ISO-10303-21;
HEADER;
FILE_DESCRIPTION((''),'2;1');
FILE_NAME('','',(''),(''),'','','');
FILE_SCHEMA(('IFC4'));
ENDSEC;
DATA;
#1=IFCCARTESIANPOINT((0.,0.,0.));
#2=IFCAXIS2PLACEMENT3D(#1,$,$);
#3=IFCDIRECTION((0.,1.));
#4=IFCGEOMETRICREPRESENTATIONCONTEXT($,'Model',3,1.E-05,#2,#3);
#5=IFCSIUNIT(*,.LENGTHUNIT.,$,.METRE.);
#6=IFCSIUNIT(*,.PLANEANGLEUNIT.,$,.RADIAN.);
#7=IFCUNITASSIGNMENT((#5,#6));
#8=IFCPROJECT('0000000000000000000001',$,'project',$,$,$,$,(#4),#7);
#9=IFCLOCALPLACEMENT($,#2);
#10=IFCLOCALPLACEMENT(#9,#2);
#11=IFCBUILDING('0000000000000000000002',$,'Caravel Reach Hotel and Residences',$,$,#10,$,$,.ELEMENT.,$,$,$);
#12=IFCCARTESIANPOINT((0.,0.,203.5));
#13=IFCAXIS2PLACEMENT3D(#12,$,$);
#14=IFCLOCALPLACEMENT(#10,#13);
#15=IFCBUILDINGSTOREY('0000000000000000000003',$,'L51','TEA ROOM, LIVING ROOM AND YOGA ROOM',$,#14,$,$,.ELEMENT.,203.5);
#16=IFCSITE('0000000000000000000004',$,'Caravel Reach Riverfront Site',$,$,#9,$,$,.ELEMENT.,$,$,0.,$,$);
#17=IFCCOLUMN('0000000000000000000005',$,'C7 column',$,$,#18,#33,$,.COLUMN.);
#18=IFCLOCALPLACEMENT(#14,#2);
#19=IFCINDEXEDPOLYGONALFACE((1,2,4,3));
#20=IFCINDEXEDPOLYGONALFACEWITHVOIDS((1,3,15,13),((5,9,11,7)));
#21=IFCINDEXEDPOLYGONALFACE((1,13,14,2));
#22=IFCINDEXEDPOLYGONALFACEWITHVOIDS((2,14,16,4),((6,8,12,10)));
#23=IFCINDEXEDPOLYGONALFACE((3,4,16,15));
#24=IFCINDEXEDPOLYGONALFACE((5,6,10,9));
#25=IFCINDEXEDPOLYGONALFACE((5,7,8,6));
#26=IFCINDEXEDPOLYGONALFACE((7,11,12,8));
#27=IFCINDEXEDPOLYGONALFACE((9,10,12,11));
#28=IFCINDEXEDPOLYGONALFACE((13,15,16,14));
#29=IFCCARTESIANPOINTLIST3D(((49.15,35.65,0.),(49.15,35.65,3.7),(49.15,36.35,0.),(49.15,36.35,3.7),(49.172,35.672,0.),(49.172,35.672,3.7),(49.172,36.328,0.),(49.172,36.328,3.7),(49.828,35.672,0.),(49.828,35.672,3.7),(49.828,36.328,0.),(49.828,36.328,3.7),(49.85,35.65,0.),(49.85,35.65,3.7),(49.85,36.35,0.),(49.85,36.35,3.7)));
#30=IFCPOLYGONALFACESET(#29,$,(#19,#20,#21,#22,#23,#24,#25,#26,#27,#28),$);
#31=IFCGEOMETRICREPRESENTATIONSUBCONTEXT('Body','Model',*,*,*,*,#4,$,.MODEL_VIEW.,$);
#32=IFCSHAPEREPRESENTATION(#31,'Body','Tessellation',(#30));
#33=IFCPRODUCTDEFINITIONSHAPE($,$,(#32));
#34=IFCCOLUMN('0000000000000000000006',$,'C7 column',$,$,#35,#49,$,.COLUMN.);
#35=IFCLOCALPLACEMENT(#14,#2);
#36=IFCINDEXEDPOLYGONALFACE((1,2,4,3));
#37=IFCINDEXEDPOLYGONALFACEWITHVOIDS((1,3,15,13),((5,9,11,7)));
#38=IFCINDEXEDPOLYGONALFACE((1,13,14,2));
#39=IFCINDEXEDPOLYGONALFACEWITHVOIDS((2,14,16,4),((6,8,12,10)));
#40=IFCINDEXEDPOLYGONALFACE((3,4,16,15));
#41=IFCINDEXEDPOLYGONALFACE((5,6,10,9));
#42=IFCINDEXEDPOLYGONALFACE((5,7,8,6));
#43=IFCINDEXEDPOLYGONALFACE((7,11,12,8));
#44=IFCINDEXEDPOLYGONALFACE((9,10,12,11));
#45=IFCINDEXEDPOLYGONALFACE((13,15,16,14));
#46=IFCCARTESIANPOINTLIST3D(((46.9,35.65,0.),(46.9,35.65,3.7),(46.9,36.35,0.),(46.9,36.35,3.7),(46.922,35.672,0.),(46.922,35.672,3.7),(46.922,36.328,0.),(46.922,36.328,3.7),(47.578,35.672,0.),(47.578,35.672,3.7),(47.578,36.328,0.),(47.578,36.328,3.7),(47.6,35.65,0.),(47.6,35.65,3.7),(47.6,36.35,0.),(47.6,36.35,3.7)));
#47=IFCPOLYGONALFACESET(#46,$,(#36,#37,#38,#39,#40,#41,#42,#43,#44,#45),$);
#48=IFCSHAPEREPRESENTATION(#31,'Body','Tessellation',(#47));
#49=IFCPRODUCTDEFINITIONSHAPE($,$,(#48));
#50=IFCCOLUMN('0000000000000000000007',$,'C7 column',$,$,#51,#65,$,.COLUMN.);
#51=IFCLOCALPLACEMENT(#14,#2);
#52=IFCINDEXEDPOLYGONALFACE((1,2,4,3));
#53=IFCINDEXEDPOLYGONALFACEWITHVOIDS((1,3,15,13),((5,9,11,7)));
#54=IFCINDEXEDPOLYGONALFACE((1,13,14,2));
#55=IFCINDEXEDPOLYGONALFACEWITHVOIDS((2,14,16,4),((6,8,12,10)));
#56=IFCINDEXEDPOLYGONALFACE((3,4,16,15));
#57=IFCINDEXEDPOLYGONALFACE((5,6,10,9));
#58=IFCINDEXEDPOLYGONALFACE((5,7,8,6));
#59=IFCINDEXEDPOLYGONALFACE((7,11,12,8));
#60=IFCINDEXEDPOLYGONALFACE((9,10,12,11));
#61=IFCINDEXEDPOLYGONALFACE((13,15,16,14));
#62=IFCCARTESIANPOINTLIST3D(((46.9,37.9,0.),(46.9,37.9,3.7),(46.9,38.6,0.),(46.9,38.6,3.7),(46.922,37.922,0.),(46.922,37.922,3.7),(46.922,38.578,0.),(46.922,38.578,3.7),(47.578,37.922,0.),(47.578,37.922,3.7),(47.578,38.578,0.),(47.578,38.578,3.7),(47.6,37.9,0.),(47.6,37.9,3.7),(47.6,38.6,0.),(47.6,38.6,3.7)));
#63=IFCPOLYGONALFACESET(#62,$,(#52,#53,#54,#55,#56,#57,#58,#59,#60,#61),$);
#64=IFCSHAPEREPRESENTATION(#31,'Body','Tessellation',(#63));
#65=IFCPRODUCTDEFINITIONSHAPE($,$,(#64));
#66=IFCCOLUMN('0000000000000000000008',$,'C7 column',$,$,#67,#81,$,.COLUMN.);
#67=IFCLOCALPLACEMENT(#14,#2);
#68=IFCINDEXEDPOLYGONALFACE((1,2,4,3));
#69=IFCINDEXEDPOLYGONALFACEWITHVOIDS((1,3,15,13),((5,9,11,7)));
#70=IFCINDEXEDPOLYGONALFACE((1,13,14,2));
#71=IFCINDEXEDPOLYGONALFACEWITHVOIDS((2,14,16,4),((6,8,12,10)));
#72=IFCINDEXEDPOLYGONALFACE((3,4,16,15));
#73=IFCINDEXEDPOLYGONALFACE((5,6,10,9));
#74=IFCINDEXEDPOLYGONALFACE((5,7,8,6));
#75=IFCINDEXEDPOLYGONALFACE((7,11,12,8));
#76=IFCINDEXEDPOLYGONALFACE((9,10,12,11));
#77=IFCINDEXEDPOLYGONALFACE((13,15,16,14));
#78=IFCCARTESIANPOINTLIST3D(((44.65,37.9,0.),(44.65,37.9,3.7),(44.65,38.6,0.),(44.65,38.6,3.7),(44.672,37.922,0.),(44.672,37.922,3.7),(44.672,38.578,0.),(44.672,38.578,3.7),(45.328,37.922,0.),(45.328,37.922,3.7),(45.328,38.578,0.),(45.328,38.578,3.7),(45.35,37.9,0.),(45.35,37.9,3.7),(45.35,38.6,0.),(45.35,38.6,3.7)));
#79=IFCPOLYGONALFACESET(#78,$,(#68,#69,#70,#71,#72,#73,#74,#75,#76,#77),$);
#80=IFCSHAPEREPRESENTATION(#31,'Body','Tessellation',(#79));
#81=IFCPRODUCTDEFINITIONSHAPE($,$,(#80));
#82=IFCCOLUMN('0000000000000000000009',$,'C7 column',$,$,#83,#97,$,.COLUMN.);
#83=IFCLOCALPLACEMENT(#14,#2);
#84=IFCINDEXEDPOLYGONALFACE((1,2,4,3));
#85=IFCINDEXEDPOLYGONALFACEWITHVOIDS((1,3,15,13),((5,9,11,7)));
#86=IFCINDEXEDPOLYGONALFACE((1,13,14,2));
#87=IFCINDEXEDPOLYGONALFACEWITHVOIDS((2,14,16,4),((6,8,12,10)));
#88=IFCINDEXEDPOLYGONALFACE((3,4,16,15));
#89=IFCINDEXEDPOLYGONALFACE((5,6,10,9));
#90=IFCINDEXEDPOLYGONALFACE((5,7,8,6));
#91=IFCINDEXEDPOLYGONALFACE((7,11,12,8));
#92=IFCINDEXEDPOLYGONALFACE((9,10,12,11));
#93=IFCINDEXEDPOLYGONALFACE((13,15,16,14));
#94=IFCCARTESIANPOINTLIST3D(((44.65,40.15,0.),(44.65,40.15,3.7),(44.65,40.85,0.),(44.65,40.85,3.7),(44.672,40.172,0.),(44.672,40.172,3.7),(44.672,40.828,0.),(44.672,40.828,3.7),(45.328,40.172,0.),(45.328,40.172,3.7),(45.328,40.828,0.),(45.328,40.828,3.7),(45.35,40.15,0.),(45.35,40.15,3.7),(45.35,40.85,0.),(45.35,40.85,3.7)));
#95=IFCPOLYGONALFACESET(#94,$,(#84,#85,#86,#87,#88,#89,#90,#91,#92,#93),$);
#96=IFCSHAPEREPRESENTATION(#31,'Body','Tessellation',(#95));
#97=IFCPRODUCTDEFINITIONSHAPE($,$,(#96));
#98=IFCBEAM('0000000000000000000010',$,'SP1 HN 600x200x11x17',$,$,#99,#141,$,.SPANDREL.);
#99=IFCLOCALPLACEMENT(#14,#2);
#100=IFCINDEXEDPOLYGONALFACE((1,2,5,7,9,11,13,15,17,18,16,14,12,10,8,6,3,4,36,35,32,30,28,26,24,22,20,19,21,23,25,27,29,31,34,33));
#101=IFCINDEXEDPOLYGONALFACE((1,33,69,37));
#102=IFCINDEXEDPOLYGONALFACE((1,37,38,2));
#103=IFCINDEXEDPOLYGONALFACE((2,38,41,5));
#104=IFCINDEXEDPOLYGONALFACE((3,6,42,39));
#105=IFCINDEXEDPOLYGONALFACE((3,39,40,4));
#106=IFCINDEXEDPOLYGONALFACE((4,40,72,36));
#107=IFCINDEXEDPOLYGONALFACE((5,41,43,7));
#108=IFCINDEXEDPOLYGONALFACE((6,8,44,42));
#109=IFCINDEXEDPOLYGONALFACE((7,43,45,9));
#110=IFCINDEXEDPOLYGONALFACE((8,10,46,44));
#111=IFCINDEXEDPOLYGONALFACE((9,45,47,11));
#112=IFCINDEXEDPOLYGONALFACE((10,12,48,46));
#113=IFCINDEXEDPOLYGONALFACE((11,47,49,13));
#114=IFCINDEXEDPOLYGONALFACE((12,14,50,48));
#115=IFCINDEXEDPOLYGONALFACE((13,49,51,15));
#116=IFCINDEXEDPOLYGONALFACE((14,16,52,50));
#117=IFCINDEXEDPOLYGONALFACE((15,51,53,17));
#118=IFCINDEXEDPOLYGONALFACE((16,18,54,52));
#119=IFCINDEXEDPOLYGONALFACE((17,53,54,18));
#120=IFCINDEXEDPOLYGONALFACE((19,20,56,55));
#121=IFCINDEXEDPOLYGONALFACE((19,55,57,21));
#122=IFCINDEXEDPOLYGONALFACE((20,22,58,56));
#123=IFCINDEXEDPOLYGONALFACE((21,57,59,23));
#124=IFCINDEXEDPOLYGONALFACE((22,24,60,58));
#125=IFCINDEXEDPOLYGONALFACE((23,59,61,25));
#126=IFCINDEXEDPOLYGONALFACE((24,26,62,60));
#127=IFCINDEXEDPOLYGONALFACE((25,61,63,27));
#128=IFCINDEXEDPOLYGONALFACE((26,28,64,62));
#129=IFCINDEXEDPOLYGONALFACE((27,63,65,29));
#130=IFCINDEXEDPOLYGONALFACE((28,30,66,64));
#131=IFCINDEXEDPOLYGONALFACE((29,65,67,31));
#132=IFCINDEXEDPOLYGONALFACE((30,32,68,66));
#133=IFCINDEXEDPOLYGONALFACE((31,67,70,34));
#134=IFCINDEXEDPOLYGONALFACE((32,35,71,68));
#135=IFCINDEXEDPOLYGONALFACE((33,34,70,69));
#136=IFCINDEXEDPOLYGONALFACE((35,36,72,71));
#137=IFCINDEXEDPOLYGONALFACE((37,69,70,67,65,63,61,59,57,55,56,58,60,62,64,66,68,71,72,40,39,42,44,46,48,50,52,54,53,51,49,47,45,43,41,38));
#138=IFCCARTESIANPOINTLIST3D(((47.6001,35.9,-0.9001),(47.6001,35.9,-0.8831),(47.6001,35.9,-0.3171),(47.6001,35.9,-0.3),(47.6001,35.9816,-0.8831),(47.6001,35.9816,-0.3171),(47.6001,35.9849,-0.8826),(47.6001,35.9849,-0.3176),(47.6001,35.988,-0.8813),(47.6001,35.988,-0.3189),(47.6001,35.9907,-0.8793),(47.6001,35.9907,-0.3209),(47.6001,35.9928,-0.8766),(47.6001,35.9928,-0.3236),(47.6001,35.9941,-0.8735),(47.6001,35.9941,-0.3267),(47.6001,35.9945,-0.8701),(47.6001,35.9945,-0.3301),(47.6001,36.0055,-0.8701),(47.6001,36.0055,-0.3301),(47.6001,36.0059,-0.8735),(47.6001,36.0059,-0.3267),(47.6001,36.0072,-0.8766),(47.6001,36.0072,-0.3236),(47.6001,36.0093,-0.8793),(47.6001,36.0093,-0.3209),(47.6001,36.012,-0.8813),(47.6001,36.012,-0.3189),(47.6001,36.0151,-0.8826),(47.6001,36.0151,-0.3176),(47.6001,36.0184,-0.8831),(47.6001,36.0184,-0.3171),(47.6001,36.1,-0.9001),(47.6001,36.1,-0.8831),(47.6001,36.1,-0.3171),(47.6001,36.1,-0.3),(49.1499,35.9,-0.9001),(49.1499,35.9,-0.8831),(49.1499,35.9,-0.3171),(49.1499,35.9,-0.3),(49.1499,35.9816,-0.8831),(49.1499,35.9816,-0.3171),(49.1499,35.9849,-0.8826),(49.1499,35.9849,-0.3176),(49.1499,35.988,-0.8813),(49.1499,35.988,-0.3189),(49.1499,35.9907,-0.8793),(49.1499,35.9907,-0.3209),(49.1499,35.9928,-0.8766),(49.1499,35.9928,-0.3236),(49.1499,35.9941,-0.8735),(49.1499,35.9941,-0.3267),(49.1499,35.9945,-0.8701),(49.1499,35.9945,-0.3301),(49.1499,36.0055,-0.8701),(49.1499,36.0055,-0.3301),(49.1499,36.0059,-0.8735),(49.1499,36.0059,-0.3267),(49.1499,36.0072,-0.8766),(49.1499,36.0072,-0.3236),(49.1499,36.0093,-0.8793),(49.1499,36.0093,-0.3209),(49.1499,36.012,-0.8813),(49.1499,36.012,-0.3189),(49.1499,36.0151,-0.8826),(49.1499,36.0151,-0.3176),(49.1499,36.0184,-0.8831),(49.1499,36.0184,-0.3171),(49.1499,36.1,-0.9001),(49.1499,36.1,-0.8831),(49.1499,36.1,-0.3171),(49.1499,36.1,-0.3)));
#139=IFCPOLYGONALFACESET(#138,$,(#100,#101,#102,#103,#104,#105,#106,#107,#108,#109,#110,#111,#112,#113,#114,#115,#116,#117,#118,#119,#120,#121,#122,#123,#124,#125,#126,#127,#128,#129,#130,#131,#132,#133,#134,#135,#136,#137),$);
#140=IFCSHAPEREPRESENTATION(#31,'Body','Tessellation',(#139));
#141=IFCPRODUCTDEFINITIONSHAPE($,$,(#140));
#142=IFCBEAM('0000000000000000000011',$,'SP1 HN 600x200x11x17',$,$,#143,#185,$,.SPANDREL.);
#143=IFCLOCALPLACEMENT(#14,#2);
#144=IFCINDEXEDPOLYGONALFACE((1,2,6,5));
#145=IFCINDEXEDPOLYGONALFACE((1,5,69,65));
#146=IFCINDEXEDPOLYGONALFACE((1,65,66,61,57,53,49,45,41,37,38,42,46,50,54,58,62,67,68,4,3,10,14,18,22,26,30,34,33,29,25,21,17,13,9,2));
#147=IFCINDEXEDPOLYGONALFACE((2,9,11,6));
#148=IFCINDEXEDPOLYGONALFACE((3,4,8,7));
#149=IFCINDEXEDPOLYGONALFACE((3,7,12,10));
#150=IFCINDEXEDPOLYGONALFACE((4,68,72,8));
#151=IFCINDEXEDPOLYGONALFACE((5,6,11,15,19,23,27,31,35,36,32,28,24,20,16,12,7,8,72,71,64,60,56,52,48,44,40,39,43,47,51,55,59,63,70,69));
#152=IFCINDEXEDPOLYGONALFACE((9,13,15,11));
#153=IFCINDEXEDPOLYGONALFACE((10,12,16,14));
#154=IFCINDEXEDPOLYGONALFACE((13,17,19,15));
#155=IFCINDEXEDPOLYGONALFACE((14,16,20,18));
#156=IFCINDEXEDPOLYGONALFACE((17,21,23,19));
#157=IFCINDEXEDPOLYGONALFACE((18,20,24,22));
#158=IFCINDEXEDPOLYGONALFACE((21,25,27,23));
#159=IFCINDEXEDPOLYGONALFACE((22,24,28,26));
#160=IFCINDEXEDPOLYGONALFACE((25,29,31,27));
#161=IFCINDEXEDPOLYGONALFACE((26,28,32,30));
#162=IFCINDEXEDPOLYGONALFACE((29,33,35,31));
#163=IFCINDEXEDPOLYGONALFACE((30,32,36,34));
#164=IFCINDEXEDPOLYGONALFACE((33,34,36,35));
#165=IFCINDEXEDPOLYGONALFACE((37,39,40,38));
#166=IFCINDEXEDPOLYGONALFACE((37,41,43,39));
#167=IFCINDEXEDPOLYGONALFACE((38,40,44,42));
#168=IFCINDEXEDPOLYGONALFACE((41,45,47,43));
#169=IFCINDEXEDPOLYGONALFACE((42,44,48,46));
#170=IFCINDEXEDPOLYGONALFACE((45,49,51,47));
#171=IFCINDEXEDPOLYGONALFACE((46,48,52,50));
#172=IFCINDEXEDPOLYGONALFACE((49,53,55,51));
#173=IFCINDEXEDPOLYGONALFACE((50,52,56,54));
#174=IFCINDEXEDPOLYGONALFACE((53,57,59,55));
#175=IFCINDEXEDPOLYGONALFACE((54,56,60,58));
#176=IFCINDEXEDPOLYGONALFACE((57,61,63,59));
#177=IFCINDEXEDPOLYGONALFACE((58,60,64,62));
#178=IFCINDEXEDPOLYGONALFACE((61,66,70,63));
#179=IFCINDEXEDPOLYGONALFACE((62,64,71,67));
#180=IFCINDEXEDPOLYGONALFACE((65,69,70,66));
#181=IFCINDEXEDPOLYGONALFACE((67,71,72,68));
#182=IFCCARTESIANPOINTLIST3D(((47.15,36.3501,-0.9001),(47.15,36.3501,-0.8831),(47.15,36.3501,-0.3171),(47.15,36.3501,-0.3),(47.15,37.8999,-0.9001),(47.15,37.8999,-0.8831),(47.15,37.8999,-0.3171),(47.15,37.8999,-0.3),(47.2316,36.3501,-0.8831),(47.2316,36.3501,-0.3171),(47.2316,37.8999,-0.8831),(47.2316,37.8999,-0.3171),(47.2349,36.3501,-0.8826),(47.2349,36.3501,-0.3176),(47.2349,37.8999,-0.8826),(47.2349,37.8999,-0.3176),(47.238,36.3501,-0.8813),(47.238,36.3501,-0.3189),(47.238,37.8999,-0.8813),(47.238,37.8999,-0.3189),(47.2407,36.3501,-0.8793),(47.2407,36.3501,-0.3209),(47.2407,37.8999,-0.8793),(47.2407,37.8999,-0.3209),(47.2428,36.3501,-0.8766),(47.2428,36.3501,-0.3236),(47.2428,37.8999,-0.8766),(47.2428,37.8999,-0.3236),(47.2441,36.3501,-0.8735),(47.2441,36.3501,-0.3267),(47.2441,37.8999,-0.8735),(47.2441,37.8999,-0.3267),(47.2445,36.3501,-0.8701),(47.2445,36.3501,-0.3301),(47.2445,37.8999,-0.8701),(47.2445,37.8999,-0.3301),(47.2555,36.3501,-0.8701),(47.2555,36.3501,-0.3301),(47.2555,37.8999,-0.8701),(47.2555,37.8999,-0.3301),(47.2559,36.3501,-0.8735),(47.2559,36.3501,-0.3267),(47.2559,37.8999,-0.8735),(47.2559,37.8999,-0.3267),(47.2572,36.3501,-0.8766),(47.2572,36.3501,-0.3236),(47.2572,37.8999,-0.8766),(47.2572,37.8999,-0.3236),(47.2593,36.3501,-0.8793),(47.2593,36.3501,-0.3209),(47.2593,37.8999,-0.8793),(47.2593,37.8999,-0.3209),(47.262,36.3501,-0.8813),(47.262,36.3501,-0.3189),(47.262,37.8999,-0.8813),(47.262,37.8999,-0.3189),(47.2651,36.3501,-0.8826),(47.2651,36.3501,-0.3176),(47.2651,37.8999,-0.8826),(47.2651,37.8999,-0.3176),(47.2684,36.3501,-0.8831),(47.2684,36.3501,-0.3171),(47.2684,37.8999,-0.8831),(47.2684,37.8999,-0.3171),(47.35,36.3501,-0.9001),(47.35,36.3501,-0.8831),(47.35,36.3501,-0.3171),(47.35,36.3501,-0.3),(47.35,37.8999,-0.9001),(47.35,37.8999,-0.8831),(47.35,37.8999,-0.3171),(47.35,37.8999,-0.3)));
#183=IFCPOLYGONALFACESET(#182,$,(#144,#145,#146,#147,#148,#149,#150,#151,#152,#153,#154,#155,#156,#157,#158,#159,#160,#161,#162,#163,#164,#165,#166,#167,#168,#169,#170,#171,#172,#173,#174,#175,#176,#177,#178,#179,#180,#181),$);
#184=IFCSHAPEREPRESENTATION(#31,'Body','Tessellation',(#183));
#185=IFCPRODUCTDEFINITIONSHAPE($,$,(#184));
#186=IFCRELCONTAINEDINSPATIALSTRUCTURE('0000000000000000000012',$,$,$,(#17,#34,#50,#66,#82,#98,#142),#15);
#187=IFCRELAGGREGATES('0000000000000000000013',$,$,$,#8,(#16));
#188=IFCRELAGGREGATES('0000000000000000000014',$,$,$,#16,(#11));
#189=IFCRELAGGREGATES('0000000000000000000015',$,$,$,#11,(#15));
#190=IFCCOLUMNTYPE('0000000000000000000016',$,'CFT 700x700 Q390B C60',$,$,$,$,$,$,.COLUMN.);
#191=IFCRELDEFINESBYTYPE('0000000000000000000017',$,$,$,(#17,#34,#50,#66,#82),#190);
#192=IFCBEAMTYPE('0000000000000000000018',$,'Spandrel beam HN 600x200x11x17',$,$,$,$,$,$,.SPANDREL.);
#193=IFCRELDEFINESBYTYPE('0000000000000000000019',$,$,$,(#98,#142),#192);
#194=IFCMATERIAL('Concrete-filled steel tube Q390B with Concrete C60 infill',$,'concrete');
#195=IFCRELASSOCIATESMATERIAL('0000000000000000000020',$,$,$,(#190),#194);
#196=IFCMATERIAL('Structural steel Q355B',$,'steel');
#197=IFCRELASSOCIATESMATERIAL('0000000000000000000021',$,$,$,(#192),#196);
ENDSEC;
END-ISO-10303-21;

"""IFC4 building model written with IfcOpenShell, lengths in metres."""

from ifc_helpers import new_model, si_unit, direction, frame, origin, origin_2d, place, context, subcontext, project, spatial, hollow_rectangle, i_section, extrude, material, material_profile, profile_set, type_object, element, save


model = new_model("IFC4")

# Units and contexts
model_context = context("Model", 3, precision=1e-05, world=origin(), true_north=direction((0.0, 1.0)))
body_context = subcontext(model_context, "Body", "Model", "MODEL_VIEW")
ifc_project = project(units=[si_unit("LENGTHUNIT", "METRE"), si_unit("PLANEANGLEUNIT", "RADIAN")], contexts=[model_context])

# Site, building, storey
site_placement = place(None, origin())
site = spatial("IfcSite", under=ifc_project, at=site_placement, Name="Caravel Reach Riverfront Site", CompositionType="ELEMENT", RefElevation=0.0)
building_placement = place(site_placement, origin())
building = spatial("IfcBuilding", under=site, at=building_placement, Name="Caravel Reach Hotel and Residences", CompositionType="ELEMENT")
storey_placement = place(building_placement, frame((0.0, 0.0, 203.5)))
storey = spatial("IfcBuildingStorey", under=building, at=storey_placement, Name="L51", Description="TEA ROOM, LIVING ROOM AND YOGA ROOM", CompositionType="ELEMENT", Elevation=203.5)

# Columns
ifc_material_1 = material(Name="Concrete-filled steel tube Q390B with Concrete C60 infill", Category="concrete")
ifc_material_profile_1 = material_profile(ifc_material_1, hollow_rectangle(XDim=0.7, YDim=0.7, WallThickness=0.022, at=origin_2d()), Name="RHS 700x700x22")
ifc_profile_set_1 = profile_set([ifc_material_profile_1], Name="Concrete-filled steel tube Q390B with Concrete C60 infill")
column_type = type_object("IfcColumnType", Name="CFT 700x700 Q390B C60", PredefinedType="COLUMN", material=ifc_profile_set_1)
for number, where, z_axis, x_axis, name in (
    (1, (49.5, 36.0, 0.0), (0.0, 0.0, 1.0), (1.0, 0.0, 0.0), "C7 column"),
    (2, (47.25, 36.0, 0.0), (0.0, 0.0, 1.0), (1.0, 0.0, 0.0), "C7 column"),
    (3, (47.25, 38.25, 0.0), (0.0, 0.0, 1.0), (1.0, 0.0, 0.0), "C7 column"),
    (4, (45.0, 38.25, 0.0), (0.0, 0.0, 1.0), (1.0, 0.0, 0.0), "C7 column"),
    (5, (45.0, 40.5, 0.0), (0.0, 0.0, 1.0), (1.0, 0.0, 0.0), "C7 column"),
):
    element("IfcColumn", number, at=place(storey_placement, frame(where, z_axis=z_axis, x_axis=x_axis)), inside=storey, type_object=column_type, Name=name, PredefinedType="COLUMN", context=body_context, shape_type="SweptSolid", body=[
        extrude(hollow_rectangle(XDim=0.7, YDim=0.7, WallThickness=0.022, at=origin_2d()), origin(), (0.0, 0.0, 1.0), 3.7),
    ])

# Beams
ifc_material_2 = material(Name="Structural steel Q355B", Category="steel")
ifc_material_profile_2 = material_profile(ifc_material_2, i_section(OverallWidth=0.2, OverallDepth=0.6001, WebThickness=0.011, FlangeThickness=0.0171, FilletRadius=0.0129, at=origin_2d()), Name="HN 600x200x11x17")
ifc_profile_set_2 = profile_set([ifc_material_profile_2], Name="Structural steel Q355B")
beam_type = type_object("IfcBeamType", Name="Spandrel beam HN 600x200x11x17", PredefinedType="SPANDREL", material=ifc_profile_set_2)
for number, where, z_axis, x_axis, name in (
    (6, (49.1499, 36.0, -0.6001), (-1.0, 0.0, 0.0), (0.0, -1.0, 0.0), "SP1 HN 600x200x11x17"),
    (7, (47.25, 36.3501, -0.6001), (0.0, 1.0, 0.0), (-1.0, 0.0, 0.0), "SP1 HN 600x200x11x17"),
):
    element("IfcBeam", number, at=place(storey_placement, frame(where, z_axis=z_axis, x_axis=x_axis)), inside=storey, type_object=beam_type, Name=name, PredefinedType="SPANDREL", context=body_context, shape_type="SweptSolid", body=[
        extrude(i_section(OverallWidth=0.2, OverallDepth=0.6001, WebThickness=0.011, FlangeThickness=0.0171, FilletRadius=0.0129, at=origin_2d()), origin(), (0.0, 0.0, 1.0), 1.5498),
    ])

save(model, "model.ifc")
